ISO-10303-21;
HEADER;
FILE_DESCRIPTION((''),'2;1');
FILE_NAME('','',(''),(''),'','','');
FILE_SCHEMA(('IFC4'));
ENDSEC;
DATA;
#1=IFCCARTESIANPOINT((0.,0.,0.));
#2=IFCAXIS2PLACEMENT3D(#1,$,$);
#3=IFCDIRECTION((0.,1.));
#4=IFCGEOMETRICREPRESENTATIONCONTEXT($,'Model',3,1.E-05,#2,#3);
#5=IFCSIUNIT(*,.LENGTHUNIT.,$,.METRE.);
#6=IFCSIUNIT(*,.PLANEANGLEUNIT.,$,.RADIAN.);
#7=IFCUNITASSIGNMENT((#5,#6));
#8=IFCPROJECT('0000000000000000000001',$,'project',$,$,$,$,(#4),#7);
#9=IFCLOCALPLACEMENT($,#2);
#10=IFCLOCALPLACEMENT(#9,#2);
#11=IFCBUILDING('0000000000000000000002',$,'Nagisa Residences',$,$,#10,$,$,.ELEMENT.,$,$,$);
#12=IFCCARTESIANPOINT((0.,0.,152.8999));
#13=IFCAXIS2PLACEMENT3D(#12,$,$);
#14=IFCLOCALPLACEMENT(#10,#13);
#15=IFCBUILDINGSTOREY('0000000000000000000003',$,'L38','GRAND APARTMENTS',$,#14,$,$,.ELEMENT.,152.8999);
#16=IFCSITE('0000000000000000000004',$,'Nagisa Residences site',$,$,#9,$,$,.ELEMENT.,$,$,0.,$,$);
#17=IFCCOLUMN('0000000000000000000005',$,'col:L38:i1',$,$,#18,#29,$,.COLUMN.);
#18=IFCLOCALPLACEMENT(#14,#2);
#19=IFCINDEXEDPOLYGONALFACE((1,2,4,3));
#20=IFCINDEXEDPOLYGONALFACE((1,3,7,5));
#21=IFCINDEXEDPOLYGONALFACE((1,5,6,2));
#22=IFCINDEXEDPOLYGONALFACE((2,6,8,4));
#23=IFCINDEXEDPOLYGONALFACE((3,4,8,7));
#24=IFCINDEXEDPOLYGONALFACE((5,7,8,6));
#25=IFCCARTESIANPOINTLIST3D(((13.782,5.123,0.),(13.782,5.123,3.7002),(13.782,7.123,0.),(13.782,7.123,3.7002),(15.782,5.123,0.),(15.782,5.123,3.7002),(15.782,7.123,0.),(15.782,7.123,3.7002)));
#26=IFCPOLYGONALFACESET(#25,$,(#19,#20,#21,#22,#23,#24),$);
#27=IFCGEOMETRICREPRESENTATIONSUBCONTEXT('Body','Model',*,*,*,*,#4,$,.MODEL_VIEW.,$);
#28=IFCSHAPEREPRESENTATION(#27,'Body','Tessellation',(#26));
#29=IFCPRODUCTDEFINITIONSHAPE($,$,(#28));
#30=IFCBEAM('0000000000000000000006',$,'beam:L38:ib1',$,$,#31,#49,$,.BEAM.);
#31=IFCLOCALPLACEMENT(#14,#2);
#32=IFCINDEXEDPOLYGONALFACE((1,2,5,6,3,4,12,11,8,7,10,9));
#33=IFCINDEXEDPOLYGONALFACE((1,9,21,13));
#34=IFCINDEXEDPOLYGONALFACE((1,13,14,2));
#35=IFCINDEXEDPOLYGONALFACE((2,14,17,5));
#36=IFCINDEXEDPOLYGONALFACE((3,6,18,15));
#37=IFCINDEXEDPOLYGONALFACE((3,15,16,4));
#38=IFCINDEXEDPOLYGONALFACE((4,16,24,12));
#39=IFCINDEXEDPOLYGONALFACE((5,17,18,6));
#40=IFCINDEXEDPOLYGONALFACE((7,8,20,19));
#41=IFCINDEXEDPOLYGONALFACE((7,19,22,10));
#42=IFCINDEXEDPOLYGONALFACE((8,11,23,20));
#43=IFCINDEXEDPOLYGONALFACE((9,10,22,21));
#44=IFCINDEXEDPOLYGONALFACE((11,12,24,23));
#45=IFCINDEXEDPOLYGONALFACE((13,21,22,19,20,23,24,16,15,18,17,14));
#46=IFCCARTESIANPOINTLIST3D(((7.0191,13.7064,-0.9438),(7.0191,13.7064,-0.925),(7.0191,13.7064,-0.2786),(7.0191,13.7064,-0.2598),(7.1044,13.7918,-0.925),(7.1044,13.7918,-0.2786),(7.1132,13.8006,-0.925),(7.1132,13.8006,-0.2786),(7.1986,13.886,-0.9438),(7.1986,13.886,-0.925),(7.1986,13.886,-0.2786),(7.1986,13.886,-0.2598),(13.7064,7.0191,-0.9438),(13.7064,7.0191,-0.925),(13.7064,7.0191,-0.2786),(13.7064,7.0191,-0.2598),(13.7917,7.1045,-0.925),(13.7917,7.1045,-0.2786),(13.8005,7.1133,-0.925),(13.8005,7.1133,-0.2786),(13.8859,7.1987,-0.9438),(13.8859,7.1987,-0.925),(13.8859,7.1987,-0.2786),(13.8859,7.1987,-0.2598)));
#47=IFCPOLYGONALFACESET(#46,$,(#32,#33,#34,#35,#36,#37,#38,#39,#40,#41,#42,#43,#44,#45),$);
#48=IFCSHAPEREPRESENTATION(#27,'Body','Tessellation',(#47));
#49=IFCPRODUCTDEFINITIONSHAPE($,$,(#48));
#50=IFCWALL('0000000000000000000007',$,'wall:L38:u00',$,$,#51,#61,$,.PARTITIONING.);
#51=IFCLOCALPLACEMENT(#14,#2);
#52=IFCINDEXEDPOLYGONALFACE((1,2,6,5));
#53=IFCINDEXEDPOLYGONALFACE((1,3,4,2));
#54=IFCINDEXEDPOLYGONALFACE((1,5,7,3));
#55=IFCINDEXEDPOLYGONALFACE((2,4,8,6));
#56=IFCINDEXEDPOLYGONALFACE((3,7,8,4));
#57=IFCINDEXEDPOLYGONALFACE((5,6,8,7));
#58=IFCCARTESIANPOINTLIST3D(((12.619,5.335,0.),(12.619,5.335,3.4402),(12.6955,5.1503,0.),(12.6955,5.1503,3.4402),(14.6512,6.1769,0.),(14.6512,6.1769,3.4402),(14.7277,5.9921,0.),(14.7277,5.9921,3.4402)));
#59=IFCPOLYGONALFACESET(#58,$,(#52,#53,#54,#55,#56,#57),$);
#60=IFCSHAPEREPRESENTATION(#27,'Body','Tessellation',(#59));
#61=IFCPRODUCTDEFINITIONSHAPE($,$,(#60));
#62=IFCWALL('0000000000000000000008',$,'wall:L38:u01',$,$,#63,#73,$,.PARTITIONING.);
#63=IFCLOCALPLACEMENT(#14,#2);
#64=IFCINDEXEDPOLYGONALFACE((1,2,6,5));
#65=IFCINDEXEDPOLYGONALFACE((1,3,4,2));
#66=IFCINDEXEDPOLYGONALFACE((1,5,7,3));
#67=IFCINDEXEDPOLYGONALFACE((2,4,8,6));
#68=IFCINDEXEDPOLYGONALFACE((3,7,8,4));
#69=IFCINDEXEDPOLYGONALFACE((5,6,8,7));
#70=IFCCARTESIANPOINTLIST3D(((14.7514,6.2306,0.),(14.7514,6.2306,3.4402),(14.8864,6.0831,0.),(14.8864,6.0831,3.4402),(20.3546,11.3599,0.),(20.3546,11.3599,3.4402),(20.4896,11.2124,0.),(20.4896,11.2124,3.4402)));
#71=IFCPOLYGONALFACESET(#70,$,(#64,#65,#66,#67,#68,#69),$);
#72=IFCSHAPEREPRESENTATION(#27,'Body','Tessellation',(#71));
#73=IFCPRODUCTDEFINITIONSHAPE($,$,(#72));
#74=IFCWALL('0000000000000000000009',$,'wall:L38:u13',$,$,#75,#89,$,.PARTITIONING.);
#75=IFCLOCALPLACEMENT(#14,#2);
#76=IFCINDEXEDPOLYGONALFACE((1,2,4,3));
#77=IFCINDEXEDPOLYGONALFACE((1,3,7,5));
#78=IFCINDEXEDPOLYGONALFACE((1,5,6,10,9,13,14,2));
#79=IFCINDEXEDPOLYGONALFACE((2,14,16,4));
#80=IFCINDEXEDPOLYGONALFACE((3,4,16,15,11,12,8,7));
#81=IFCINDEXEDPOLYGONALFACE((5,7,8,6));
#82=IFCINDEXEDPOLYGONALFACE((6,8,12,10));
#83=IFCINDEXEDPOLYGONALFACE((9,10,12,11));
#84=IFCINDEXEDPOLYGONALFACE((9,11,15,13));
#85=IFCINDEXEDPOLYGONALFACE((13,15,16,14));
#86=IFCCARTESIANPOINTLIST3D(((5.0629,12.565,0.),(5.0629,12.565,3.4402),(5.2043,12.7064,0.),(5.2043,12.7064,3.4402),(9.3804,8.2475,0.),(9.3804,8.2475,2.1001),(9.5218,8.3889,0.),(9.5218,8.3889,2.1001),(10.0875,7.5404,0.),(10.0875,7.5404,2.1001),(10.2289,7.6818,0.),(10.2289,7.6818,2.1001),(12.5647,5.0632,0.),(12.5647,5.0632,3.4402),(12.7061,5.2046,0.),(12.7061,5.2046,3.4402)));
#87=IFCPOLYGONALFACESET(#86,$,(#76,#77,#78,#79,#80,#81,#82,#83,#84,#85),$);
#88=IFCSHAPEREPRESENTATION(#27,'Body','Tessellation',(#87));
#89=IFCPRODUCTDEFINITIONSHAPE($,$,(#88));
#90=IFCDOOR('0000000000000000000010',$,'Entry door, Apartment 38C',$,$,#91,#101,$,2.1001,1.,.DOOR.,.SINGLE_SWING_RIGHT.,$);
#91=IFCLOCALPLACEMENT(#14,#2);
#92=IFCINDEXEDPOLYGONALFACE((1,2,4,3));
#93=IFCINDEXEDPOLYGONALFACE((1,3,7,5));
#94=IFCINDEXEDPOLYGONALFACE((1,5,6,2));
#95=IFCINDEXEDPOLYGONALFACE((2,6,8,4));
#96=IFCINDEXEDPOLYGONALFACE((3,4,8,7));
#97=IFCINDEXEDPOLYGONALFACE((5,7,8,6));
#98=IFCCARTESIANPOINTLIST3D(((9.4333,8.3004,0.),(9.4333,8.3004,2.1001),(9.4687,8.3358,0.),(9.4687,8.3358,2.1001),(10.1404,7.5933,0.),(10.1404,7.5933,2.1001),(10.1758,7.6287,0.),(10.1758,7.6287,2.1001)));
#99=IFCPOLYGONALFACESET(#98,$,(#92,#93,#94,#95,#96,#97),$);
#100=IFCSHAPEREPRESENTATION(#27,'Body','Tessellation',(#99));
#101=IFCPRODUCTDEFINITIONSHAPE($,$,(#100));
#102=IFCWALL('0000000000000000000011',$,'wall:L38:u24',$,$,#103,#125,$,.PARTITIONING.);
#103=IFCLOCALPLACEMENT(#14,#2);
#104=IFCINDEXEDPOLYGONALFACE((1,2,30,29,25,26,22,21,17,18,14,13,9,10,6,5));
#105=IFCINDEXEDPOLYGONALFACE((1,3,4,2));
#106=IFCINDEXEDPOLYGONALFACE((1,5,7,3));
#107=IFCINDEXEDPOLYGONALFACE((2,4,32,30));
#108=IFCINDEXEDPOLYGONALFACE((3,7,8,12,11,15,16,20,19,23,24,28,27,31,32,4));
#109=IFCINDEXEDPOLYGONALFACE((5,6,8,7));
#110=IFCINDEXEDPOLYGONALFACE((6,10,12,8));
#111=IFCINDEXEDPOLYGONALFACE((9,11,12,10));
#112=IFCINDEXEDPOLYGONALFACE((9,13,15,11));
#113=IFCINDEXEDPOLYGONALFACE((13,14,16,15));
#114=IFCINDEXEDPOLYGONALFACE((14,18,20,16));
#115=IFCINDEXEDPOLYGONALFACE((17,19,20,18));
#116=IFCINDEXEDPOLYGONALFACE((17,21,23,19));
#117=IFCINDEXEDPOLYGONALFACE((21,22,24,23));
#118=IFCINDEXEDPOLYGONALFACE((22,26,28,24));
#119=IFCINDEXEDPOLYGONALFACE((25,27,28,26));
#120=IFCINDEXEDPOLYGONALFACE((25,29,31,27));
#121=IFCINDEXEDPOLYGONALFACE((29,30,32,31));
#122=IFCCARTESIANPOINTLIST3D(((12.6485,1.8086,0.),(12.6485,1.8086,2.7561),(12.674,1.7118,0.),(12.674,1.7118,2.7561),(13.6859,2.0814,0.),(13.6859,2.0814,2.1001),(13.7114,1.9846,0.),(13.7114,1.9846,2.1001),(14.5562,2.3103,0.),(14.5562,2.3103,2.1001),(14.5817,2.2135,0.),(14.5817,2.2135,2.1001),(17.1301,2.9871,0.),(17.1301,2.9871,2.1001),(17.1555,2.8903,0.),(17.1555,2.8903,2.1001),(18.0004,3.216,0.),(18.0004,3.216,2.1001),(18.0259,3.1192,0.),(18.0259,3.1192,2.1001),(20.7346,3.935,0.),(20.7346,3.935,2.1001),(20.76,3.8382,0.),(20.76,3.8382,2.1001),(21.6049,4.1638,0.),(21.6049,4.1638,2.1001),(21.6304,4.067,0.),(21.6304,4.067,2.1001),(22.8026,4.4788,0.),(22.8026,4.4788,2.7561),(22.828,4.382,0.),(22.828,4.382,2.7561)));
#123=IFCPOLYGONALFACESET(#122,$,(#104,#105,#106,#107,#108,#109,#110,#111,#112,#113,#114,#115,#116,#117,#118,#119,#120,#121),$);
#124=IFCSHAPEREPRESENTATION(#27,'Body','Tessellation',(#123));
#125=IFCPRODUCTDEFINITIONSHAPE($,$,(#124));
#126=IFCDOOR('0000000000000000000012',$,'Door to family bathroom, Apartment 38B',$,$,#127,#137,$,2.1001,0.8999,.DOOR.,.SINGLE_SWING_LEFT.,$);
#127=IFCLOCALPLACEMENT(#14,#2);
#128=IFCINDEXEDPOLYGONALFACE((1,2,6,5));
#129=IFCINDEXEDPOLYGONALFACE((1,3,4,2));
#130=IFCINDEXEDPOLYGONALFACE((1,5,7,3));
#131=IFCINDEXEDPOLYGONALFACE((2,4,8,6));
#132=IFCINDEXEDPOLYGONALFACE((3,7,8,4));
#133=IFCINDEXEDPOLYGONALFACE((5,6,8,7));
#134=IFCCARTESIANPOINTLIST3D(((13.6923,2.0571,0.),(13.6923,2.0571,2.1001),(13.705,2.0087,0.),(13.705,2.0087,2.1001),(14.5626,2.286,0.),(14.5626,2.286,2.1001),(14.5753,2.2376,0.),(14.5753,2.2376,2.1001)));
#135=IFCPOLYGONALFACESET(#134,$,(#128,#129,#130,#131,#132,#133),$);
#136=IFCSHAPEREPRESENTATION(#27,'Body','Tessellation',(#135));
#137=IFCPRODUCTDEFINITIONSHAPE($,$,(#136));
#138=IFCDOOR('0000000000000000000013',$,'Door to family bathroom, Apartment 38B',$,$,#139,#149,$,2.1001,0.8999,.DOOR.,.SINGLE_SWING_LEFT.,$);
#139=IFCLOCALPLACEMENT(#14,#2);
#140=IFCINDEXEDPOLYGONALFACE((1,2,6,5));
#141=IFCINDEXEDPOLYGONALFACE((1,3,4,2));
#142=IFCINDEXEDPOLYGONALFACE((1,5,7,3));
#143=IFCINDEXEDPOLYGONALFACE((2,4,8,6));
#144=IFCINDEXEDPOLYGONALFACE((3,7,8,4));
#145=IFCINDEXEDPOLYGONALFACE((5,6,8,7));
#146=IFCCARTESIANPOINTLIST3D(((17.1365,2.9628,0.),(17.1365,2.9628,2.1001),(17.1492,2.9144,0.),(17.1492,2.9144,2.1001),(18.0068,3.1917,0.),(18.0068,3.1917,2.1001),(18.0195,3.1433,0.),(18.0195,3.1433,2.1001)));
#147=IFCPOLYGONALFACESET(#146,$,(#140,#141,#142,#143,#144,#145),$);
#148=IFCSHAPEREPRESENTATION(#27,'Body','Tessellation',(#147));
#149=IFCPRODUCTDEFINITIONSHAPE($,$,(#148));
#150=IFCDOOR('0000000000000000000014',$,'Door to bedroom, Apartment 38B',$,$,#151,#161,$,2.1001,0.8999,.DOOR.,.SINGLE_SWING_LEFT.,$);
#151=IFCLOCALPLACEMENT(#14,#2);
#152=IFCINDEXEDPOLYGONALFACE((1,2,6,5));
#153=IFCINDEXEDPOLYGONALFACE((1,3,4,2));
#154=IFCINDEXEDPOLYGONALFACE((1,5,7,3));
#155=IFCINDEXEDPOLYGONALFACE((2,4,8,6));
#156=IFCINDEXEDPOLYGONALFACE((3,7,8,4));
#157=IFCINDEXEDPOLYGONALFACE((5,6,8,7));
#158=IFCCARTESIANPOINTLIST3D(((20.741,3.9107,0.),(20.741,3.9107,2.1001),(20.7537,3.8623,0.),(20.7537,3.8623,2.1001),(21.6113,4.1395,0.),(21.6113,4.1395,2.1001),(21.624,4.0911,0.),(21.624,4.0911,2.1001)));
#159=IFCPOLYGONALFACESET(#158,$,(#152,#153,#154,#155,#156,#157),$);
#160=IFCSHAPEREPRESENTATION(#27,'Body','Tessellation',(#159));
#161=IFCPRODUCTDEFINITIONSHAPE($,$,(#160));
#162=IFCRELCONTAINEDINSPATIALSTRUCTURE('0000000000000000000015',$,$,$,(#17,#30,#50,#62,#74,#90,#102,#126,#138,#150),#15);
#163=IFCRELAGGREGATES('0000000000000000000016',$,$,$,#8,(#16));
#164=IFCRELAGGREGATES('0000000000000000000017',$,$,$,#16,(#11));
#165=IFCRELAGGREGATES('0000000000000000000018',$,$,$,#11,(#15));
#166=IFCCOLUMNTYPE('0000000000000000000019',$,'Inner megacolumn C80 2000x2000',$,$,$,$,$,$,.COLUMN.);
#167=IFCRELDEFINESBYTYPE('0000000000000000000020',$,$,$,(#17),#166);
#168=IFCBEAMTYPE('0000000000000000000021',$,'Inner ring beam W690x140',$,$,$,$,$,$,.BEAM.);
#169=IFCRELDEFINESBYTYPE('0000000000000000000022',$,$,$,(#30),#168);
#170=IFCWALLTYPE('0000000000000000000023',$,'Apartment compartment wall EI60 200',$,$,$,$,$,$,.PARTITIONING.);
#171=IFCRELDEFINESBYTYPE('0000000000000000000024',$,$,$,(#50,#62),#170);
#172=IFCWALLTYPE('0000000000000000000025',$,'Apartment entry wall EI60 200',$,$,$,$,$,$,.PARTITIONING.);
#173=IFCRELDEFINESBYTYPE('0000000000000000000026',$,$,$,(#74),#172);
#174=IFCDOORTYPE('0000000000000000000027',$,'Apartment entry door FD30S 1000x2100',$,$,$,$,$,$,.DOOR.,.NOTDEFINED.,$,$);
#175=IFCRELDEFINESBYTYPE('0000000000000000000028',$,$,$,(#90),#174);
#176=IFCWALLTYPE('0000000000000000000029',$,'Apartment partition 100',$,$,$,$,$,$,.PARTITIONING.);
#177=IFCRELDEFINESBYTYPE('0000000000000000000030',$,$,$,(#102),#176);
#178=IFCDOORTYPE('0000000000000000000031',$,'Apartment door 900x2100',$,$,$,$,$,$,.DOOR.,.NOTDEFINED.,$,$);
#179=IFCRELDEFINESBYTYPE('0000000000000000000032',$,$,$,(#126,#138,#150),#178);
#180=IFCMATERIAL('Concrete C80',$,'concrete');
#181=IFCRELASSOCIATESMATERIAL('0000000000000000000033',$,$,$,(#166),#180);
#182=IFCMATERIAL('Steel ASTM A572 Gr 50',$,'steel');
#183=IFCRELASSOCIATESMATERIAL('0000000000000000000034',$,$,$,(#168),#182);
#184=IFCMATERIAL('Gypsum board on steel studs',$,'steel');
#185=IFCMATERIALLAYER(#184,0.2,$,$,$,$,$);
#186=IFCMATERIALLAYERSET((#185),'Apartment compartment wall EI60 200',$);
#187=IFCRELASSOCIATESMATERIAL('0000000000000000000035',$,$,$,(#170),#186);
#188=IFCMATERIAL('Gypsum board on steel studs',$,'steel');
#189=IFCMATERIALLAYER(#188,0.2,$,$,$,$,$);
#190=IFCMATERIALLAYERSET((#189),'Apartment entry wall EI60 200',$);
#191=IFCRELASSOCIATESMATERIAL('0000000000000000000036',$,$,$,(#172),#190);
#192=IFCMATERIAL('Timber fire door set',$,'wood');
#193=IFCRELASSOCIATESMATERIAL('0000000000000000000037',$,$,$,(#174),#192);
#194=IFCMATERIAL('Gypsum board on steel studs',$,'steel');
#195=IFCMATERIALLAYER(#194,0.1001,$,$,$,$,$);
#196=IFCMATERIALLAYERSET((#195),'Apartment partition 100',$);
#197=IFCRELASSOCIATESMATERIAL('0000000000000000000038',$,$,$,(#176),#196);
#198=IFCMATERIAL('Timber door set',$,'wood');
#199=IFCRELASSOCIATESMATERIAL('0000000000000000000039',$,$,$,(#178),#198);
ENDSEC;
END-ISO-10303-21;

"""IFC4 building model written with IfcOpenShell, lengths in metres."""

from ifc_helpers import new_model, si_unit, direction, frame, frame_2d, origin, origin_2d, place, context, subcontext, project, spatial, rectangle, i_section, extrude, material, layer, layer_set, material_profile, profile_set, type_object, element, fill, save


model = new_model("IFC4")

# Units and contexts
model_context = context("Model", 3, precision=1e-05, world=origin(), true_north=direction((0.0, 1.0)))
body_context = subcontext(model_context, "Body", "Model", "MODEL_VIEW")
ifc_project = project(units=[si_unit("LENGTHUNIT", "METRE"), si_unit("PLANEANGLEUNIT", "RADIAN")], contexts=[model_context])

# Site, building, storey
site_placement = place(None, origin())
site = spatial("IfcSite", under=ifc_project, at=site_placement, Name="Nagisa Residences site", CompositionType="ELEMENT", RefElevation=0.0)
building_placement = place(site_placement, origin())
building = spatial("IfcBuilding", under=site, at=building_placement, Name="Nagisa Residences", CompositionType="ELEMENT")
storey_placement = place(building_placement, frame((0.0, 0.0, 152.8999)))
storey = spatial("IfcBuildingStorey", under=building, at=storey_placement, Name="L38", Description="GRAND APARTMENTS", CompositionType="ELEMENT", Elevation=152.8999)

# Column
ifc_material_1 = material(Name="Concrete C80", Category="concrete")
ifc_material_profile_1 = material_profile(ifc_material_1, rectangle(XDim=2.0, YDim=2.0, at=origin_2d()), Name="C80 2000x2000")
ifc_profile_set_1 = profile_set([ifc_material_profile_1], Name="Concrete C80")
column_type = type_object("IfcColumnType", Name="Inner megacolumn C80 2000x2000", PredefinedType="COLUMN", material=ifc_profile_set_1)
column_placement = place(storey_placement, frame((14.782, 6.123, 0.0), z_axis=(0.0, 0.0, 1.0), x_axis=(1.0, 0.0, 0.0)))
element("IfcColumn", 1, at=column_placement, inside=storey, type_object=column_type, Name="col:L38:i1", PredefinedType="COLUMN", context=body_context, shape_type="SweptSolid", body=[
    extrude(rectangle(XDim=2.0, YDim=2.0, at=origin_2d()), origin(), (0.0, 0.0, 1.0), 3.7002),
])

# Beam
ifc_material_2 = material(Name="Steel ASTM A572 Gr 50", Category="steel")
ifc_material_profile_2 = material_profile(ifc_material_2, i_section(OverallWidth=0.2539, OverallDepth=0.6841, WebThickness=0.0125, FlangeThickness=0.0188, at=origin_2d()), Name="W690x140")
ifc_profile_set_2 = profile_set([ifc_material_profile_2], Name="Steel ASTM A572 Gr 50")
beam_type = type_object("IfcBeamType", Name="Inner ring beam W690x140", PredefinedType="BEAM", material=ifc_profile_set_2)
beam_placement = place(storey_placement, frame((13.7961, 7.1089, -0.6018), z_axis=(-0.707107, 0.707107, 0.0), x_axis=(-0.707107, -0.707107, 0.0)))
element("IfcBeam", 2, at=beam_placement, inside=storey, type_object=beam_type, Name="beam:L38:ib1", PredefinedType="BEAM", context=body_context, shape_type="SweptSolid", body=[
    extrude(i_section(OverallWidth=0.2539, OverallDepth=0.6841, WebThickness=0.0125, FlangeThickness=0.0188, at=origin_2d()), origin(), (0.0, 0.0, 1.0), 9.4573),
])

# Walls
ifc_material_3 = material(Name="Gypsum board on steel studs", Category="steel")
ifc_layer_1 = layer(ifc_material_3, 0.2)
ifc_layer_set_1 = layer_set([ifc_layer_1], Name="Apartment compartment wall EI60 200")
wall_type_1 = type_object("IfcWallType", Name="Apartment compartment wall EI60 200", PredefinedType="PARTITIONING", material=ifc_layer_set_1)
wall_1_placement = place(storey_placement, frame((12.6572, 5.2427, 0.0), z_axis=(0.0, 0.0, 1.0), x_axis=(0.923876, 0.382692, 0.0)))
element("IfcWall", 3, at=wall_1_placement, inside=storey, type_object=wall_type_1, Name="wall:L38:u00", PredefinedType="PARTITIONING", context=body_context, shape_type="SweptSolid", body=[
    extrude(rectangle(XDim=2.1997, YDim=0.2, at=frame_2d((1.0999, 0.0))), origin(), (0.0, 0.0, 1.0), 3.4402),
])
wall_2_placement = place(storey_placement, frame((14.8188, 6.1567, 0.0), z_axis=(0.0, 0.0, 1.0), x_axis=(0.737609, 0.675228, 0.0)))
element("IfcWall", 4, at=wall_2_placement, inside=storey, type_object=wall_type_1, Name="wall:L38:u01", PredefinedType="PARTITIONING", context=body_context, shape_type="SweptSolid", body=[
    extrude(rectangle(XDim=7.5964, YDim=0.2, at=frame_2d((3.7983, 0.0))), origin(), (0.0, 0.0, 1.0), 3.4402),
])

# Wall, opening, door
ifc_material_4 = material(Name="Gypsum board on steel studs", Category="steel")
ifc_layer_2 = layer(ifc_material_4, 0.2)
ifc_layer_set_2 = layer_set([ifc_layer_2], Name="Apartment entry wall EI60 200")
wall_type_2 = type_object("IfcWallType", Name="Apartment entry wall EI60 200", PredefinedType="PARTITIONING", material=ifc_layer_set_2)
wall_3_placement = place(storey_placement, frame((12.6355, 5.1338, 0.0), z_axis=(0.0, 0.0, 1.0), x_axis=(-0.707107, 0.707107, 0.0)))
wall_3 = element("IfcWall", 5, at=wall_3_placement, inside=storey, type_object=wall_type_2, Name="wall:L38:u13", PredefinedType="PARTITIONING", context=body_context, shape_type="SweptSolid", body=[
    extrude(rectangle(XDim=10.6091, YDim=0.2, at=frame_2d((5.3047, 0.0))), origin(), (0.0, 0.0, 1.0), 3.4402),
])
opening_1_placement = place(wall_3_placement, frame((3.5034, 0.0, 0.0)))
opening_1 = element("IfcOpeningElement", 6, at=opening_1_placement, cuts=wall_3, PredefinedType="OPENING", context=body_context, shape_type="SweptSolid", body=[
    extrude(rectangle(XDim=1.0, YDim=2.1001, at=frame_2d((0.5, 1.05))), frame((0.0, 0.1099, 0.0), z_axis=(0.0, -1.0, 0.0), x_axis=(1.0, 0.0, 0.0)), (0.0, 0.0, 1.0), 0.22),
])
ifc_material_5 = material(Name="Timber fire door set", Category="wood")
door_type_1 = type_object("IfcDoorType", Name="Apartment entry door FD30S 1000x2100", OperationType="NOTDEFINED", PredefinedType="DOOR", material=ifc_material_5)
door_1_placement = place(opening_1_placement, frame((1.0, 0.0, 0.0), x_axis=(-1.0, 0.0, 0.0)))
door_1 = element("IfcDoor", 7, at=door_1_placement, inside=storey, type_object=door_type_1, Name="Entry door, Apartment 38C", OperationType="SINGLE_SWING_RIGHT", OverallHeight=2.1001, OverallWidth=1.0, PredefinedType="DOOR", context=body_context, shape_type="SweptSolid", body=[
    extrude(rectangle(XDim=1.0, YDim=2.1001, at=frame_2d((0.5, 1.05))), frame((0.0, 0.0249, 0.0), z_axis=(0.0, -1.0, 0.0), x_axis=(1.0, 0.0, 0.0)), (0.0, 0.0, 1.0), 0.05),
])
fill(opening_1, door_1)

# Wall, openings, doors
ifc_material_6 = material(Name="Gypsum board on steel studs", Category="steel")
ifc_layer_3 = layer(ifc_material_6, 0.1001)
ifc_layer_set_3 = layer_set([ifc_layer_3], Name="Apartment partition 100")
wall_type_3 = type_object("IfcWallType", Name="Apartment partition 100", PredefinedType="PARTITIONING", material=ifc_layer_set_3)
wall_4_placement = place(storey_placement, frame((12.6614, 1.7603, 0.0), z_axis=(0.0, 0.0, 1.0), x_axis=(0.96712, 0.254319, 0.0)))
wall_4 = element("IfcWall", 8, at=wall_4_placement, inside=storey, type_object=wall_type_3, Name="wall:L38:u24", PredefinedType="PARTITIONING", context=body_context, shape_type="SweptSolid", body=[
    extrude(rectangle(XDim=10.4993, YDim=0.1001, at=frame_2d((5.2495, 0.0))), origin(), (0.0, 0.0, 1.0), 2.7561),
])
opening_2_placement = place(wall_4_placement, frame((1.0725, 0.0, 0.0)))
opening_2 = element("IfcOpeningElement", 9, at=opening_2_placement, cuts=wall_4, PredefinedType="OPENING", context=body_context, shape_type="SweptSolid", body=[
    extrude(rectangle(XDim=0.8999, YDim=2.1001, at=frame_2d((0.45, 1.05))), frame((0.0, 0.0601, 0.0), z_axis=(0.0, -1.0, 0.0), x_axis=(1.0, 0.0, 0.0)), (0.0, 0.0, 1.0), 0.1201),
])
opening_3_placement = place(wall_4_placement, frame((4.6338, 0.0, 0.0)))
opening_3 = element("IfcOpeningElement", 10, at=opening_3_placement, cuts=wall_4, PredefinedType="OPENING", context=body_context, shape_type="SweptSolid", body=[
    extrude(rectangle(XDim=0.8999, YDim=2.1001, at=frame_2d((0.45, 1.05))), frame((0.0, 0.0601, 0.0), z_axis=(0.0, -1.0, 0.0), x_axis=(1.0, 0.0, 0.0)), (0.0, 0.0, 1.0), 0.1201),
])
opening_4_placement = place(wall_4_placement, frame((8.3608, 0.0, 0.0)))
opening_4 = element("IfcOpeningElement", 11, at=opening_4_placement, cuts=wall_4, PredefinedType="OPENING", context=body_context, shape_type="SweptSolid", body=[
    extrude(rectangle(XDim=0.8999, YDim=2.1001, at=frame_2d((0.45, 1.05))), frame((0.0, 0.0601, 0.0), z_axis=(0.0, -1.0, 0.0), x_axis=(1.0, 0.0, 0.0)), (0.0, 0.0, 1.0), 0.1201),
])
ifc_material_7 = material(Name="Timber door set", Category="wood")
door_type_2 = type_object("IfcDoorType", Name="Apartment door 900x2100", OperationType="NOTDEFINED", PredefinedType="DOOR", material=ifc_material_7)
door_2_placement = place(opening_2_placement, origin())
door_2 = element("IfcDoor", 12, at=door_2_placement, inside=storey, type_object=door_type_2, Name="Door to family bathroom, Apartment 38B", OperationType="SINGLE_SWING_LEFT", OverallHeight=2.1001, OverallWidth=0.8999, PredefinedType="DOOR", context=body_context, shape_type="SweptSolid", body=[
    extrude(rectangle(XDim=0.8999, YDim=2.1001, at=frame_2d((0.45, 1.05))), frame((0.0, 0.0249, 0.0), z_axis=(0.0, -1.0, 0.0), x_axis=(1.0, 0.0, 0.0)), (0.0, 0.0, 1.0), 0.05),
])
fill(opening_2, door_2)
door_3_placement = place(opening_3_placement, origin())
door_3 = element("IfcDoor", 13, at=door_3_placement, inside=storey, type_object=door_type_2, Name="Door to family bathroom, Apartment 38B", OperationType="SINGLE_SWING_LEFT", OverallHeight=2.1001, OverallWidth=0.8999, PredefinedType="DOOR", context=body_context, shape_type="SweptSolid", body=[
    extrude(rectangle(XDim=0.8999, YDim=2.1001, at=frame_2d((0.45, 1.05))), frame((0.0, 0.0249, 0.0), z_axis=(0.0, -1.0, 0.0), x_axis=(1.0, 0.0, 0.0)), (0.0, 0.0, 1.0), 0.05),
])
fill(opening_3, door_3)
door_4_placement = place(opening_4_placement, origin())
door_4 = element("IfcDoor", 14, at=door_4_placement, inside=storey, type_object=door_type_2, Name="Door to bedroom, Apartment 38B", OperationType="SINGLE_SWING_LEFT", OverallHeight=2.1001, OverallWidth=0.8999, PredefinedType="DOOR", context=body_context, shape_type="SweptSolid", body=[
    extrude(rectangle(XDim=0.8999, YDim=2.1001, at=frame_2d((0.45, 1.05))), frame((0.0, 0.0249, 0.0), z_axis=(0.0, -1.0, 0.0), x_axis=(1.0, 0.0, 0.0)), (0.0, 0.0, 1.0), 0.05),
])
fill(opening_4, door_4)

save(model, "model.ifc")
